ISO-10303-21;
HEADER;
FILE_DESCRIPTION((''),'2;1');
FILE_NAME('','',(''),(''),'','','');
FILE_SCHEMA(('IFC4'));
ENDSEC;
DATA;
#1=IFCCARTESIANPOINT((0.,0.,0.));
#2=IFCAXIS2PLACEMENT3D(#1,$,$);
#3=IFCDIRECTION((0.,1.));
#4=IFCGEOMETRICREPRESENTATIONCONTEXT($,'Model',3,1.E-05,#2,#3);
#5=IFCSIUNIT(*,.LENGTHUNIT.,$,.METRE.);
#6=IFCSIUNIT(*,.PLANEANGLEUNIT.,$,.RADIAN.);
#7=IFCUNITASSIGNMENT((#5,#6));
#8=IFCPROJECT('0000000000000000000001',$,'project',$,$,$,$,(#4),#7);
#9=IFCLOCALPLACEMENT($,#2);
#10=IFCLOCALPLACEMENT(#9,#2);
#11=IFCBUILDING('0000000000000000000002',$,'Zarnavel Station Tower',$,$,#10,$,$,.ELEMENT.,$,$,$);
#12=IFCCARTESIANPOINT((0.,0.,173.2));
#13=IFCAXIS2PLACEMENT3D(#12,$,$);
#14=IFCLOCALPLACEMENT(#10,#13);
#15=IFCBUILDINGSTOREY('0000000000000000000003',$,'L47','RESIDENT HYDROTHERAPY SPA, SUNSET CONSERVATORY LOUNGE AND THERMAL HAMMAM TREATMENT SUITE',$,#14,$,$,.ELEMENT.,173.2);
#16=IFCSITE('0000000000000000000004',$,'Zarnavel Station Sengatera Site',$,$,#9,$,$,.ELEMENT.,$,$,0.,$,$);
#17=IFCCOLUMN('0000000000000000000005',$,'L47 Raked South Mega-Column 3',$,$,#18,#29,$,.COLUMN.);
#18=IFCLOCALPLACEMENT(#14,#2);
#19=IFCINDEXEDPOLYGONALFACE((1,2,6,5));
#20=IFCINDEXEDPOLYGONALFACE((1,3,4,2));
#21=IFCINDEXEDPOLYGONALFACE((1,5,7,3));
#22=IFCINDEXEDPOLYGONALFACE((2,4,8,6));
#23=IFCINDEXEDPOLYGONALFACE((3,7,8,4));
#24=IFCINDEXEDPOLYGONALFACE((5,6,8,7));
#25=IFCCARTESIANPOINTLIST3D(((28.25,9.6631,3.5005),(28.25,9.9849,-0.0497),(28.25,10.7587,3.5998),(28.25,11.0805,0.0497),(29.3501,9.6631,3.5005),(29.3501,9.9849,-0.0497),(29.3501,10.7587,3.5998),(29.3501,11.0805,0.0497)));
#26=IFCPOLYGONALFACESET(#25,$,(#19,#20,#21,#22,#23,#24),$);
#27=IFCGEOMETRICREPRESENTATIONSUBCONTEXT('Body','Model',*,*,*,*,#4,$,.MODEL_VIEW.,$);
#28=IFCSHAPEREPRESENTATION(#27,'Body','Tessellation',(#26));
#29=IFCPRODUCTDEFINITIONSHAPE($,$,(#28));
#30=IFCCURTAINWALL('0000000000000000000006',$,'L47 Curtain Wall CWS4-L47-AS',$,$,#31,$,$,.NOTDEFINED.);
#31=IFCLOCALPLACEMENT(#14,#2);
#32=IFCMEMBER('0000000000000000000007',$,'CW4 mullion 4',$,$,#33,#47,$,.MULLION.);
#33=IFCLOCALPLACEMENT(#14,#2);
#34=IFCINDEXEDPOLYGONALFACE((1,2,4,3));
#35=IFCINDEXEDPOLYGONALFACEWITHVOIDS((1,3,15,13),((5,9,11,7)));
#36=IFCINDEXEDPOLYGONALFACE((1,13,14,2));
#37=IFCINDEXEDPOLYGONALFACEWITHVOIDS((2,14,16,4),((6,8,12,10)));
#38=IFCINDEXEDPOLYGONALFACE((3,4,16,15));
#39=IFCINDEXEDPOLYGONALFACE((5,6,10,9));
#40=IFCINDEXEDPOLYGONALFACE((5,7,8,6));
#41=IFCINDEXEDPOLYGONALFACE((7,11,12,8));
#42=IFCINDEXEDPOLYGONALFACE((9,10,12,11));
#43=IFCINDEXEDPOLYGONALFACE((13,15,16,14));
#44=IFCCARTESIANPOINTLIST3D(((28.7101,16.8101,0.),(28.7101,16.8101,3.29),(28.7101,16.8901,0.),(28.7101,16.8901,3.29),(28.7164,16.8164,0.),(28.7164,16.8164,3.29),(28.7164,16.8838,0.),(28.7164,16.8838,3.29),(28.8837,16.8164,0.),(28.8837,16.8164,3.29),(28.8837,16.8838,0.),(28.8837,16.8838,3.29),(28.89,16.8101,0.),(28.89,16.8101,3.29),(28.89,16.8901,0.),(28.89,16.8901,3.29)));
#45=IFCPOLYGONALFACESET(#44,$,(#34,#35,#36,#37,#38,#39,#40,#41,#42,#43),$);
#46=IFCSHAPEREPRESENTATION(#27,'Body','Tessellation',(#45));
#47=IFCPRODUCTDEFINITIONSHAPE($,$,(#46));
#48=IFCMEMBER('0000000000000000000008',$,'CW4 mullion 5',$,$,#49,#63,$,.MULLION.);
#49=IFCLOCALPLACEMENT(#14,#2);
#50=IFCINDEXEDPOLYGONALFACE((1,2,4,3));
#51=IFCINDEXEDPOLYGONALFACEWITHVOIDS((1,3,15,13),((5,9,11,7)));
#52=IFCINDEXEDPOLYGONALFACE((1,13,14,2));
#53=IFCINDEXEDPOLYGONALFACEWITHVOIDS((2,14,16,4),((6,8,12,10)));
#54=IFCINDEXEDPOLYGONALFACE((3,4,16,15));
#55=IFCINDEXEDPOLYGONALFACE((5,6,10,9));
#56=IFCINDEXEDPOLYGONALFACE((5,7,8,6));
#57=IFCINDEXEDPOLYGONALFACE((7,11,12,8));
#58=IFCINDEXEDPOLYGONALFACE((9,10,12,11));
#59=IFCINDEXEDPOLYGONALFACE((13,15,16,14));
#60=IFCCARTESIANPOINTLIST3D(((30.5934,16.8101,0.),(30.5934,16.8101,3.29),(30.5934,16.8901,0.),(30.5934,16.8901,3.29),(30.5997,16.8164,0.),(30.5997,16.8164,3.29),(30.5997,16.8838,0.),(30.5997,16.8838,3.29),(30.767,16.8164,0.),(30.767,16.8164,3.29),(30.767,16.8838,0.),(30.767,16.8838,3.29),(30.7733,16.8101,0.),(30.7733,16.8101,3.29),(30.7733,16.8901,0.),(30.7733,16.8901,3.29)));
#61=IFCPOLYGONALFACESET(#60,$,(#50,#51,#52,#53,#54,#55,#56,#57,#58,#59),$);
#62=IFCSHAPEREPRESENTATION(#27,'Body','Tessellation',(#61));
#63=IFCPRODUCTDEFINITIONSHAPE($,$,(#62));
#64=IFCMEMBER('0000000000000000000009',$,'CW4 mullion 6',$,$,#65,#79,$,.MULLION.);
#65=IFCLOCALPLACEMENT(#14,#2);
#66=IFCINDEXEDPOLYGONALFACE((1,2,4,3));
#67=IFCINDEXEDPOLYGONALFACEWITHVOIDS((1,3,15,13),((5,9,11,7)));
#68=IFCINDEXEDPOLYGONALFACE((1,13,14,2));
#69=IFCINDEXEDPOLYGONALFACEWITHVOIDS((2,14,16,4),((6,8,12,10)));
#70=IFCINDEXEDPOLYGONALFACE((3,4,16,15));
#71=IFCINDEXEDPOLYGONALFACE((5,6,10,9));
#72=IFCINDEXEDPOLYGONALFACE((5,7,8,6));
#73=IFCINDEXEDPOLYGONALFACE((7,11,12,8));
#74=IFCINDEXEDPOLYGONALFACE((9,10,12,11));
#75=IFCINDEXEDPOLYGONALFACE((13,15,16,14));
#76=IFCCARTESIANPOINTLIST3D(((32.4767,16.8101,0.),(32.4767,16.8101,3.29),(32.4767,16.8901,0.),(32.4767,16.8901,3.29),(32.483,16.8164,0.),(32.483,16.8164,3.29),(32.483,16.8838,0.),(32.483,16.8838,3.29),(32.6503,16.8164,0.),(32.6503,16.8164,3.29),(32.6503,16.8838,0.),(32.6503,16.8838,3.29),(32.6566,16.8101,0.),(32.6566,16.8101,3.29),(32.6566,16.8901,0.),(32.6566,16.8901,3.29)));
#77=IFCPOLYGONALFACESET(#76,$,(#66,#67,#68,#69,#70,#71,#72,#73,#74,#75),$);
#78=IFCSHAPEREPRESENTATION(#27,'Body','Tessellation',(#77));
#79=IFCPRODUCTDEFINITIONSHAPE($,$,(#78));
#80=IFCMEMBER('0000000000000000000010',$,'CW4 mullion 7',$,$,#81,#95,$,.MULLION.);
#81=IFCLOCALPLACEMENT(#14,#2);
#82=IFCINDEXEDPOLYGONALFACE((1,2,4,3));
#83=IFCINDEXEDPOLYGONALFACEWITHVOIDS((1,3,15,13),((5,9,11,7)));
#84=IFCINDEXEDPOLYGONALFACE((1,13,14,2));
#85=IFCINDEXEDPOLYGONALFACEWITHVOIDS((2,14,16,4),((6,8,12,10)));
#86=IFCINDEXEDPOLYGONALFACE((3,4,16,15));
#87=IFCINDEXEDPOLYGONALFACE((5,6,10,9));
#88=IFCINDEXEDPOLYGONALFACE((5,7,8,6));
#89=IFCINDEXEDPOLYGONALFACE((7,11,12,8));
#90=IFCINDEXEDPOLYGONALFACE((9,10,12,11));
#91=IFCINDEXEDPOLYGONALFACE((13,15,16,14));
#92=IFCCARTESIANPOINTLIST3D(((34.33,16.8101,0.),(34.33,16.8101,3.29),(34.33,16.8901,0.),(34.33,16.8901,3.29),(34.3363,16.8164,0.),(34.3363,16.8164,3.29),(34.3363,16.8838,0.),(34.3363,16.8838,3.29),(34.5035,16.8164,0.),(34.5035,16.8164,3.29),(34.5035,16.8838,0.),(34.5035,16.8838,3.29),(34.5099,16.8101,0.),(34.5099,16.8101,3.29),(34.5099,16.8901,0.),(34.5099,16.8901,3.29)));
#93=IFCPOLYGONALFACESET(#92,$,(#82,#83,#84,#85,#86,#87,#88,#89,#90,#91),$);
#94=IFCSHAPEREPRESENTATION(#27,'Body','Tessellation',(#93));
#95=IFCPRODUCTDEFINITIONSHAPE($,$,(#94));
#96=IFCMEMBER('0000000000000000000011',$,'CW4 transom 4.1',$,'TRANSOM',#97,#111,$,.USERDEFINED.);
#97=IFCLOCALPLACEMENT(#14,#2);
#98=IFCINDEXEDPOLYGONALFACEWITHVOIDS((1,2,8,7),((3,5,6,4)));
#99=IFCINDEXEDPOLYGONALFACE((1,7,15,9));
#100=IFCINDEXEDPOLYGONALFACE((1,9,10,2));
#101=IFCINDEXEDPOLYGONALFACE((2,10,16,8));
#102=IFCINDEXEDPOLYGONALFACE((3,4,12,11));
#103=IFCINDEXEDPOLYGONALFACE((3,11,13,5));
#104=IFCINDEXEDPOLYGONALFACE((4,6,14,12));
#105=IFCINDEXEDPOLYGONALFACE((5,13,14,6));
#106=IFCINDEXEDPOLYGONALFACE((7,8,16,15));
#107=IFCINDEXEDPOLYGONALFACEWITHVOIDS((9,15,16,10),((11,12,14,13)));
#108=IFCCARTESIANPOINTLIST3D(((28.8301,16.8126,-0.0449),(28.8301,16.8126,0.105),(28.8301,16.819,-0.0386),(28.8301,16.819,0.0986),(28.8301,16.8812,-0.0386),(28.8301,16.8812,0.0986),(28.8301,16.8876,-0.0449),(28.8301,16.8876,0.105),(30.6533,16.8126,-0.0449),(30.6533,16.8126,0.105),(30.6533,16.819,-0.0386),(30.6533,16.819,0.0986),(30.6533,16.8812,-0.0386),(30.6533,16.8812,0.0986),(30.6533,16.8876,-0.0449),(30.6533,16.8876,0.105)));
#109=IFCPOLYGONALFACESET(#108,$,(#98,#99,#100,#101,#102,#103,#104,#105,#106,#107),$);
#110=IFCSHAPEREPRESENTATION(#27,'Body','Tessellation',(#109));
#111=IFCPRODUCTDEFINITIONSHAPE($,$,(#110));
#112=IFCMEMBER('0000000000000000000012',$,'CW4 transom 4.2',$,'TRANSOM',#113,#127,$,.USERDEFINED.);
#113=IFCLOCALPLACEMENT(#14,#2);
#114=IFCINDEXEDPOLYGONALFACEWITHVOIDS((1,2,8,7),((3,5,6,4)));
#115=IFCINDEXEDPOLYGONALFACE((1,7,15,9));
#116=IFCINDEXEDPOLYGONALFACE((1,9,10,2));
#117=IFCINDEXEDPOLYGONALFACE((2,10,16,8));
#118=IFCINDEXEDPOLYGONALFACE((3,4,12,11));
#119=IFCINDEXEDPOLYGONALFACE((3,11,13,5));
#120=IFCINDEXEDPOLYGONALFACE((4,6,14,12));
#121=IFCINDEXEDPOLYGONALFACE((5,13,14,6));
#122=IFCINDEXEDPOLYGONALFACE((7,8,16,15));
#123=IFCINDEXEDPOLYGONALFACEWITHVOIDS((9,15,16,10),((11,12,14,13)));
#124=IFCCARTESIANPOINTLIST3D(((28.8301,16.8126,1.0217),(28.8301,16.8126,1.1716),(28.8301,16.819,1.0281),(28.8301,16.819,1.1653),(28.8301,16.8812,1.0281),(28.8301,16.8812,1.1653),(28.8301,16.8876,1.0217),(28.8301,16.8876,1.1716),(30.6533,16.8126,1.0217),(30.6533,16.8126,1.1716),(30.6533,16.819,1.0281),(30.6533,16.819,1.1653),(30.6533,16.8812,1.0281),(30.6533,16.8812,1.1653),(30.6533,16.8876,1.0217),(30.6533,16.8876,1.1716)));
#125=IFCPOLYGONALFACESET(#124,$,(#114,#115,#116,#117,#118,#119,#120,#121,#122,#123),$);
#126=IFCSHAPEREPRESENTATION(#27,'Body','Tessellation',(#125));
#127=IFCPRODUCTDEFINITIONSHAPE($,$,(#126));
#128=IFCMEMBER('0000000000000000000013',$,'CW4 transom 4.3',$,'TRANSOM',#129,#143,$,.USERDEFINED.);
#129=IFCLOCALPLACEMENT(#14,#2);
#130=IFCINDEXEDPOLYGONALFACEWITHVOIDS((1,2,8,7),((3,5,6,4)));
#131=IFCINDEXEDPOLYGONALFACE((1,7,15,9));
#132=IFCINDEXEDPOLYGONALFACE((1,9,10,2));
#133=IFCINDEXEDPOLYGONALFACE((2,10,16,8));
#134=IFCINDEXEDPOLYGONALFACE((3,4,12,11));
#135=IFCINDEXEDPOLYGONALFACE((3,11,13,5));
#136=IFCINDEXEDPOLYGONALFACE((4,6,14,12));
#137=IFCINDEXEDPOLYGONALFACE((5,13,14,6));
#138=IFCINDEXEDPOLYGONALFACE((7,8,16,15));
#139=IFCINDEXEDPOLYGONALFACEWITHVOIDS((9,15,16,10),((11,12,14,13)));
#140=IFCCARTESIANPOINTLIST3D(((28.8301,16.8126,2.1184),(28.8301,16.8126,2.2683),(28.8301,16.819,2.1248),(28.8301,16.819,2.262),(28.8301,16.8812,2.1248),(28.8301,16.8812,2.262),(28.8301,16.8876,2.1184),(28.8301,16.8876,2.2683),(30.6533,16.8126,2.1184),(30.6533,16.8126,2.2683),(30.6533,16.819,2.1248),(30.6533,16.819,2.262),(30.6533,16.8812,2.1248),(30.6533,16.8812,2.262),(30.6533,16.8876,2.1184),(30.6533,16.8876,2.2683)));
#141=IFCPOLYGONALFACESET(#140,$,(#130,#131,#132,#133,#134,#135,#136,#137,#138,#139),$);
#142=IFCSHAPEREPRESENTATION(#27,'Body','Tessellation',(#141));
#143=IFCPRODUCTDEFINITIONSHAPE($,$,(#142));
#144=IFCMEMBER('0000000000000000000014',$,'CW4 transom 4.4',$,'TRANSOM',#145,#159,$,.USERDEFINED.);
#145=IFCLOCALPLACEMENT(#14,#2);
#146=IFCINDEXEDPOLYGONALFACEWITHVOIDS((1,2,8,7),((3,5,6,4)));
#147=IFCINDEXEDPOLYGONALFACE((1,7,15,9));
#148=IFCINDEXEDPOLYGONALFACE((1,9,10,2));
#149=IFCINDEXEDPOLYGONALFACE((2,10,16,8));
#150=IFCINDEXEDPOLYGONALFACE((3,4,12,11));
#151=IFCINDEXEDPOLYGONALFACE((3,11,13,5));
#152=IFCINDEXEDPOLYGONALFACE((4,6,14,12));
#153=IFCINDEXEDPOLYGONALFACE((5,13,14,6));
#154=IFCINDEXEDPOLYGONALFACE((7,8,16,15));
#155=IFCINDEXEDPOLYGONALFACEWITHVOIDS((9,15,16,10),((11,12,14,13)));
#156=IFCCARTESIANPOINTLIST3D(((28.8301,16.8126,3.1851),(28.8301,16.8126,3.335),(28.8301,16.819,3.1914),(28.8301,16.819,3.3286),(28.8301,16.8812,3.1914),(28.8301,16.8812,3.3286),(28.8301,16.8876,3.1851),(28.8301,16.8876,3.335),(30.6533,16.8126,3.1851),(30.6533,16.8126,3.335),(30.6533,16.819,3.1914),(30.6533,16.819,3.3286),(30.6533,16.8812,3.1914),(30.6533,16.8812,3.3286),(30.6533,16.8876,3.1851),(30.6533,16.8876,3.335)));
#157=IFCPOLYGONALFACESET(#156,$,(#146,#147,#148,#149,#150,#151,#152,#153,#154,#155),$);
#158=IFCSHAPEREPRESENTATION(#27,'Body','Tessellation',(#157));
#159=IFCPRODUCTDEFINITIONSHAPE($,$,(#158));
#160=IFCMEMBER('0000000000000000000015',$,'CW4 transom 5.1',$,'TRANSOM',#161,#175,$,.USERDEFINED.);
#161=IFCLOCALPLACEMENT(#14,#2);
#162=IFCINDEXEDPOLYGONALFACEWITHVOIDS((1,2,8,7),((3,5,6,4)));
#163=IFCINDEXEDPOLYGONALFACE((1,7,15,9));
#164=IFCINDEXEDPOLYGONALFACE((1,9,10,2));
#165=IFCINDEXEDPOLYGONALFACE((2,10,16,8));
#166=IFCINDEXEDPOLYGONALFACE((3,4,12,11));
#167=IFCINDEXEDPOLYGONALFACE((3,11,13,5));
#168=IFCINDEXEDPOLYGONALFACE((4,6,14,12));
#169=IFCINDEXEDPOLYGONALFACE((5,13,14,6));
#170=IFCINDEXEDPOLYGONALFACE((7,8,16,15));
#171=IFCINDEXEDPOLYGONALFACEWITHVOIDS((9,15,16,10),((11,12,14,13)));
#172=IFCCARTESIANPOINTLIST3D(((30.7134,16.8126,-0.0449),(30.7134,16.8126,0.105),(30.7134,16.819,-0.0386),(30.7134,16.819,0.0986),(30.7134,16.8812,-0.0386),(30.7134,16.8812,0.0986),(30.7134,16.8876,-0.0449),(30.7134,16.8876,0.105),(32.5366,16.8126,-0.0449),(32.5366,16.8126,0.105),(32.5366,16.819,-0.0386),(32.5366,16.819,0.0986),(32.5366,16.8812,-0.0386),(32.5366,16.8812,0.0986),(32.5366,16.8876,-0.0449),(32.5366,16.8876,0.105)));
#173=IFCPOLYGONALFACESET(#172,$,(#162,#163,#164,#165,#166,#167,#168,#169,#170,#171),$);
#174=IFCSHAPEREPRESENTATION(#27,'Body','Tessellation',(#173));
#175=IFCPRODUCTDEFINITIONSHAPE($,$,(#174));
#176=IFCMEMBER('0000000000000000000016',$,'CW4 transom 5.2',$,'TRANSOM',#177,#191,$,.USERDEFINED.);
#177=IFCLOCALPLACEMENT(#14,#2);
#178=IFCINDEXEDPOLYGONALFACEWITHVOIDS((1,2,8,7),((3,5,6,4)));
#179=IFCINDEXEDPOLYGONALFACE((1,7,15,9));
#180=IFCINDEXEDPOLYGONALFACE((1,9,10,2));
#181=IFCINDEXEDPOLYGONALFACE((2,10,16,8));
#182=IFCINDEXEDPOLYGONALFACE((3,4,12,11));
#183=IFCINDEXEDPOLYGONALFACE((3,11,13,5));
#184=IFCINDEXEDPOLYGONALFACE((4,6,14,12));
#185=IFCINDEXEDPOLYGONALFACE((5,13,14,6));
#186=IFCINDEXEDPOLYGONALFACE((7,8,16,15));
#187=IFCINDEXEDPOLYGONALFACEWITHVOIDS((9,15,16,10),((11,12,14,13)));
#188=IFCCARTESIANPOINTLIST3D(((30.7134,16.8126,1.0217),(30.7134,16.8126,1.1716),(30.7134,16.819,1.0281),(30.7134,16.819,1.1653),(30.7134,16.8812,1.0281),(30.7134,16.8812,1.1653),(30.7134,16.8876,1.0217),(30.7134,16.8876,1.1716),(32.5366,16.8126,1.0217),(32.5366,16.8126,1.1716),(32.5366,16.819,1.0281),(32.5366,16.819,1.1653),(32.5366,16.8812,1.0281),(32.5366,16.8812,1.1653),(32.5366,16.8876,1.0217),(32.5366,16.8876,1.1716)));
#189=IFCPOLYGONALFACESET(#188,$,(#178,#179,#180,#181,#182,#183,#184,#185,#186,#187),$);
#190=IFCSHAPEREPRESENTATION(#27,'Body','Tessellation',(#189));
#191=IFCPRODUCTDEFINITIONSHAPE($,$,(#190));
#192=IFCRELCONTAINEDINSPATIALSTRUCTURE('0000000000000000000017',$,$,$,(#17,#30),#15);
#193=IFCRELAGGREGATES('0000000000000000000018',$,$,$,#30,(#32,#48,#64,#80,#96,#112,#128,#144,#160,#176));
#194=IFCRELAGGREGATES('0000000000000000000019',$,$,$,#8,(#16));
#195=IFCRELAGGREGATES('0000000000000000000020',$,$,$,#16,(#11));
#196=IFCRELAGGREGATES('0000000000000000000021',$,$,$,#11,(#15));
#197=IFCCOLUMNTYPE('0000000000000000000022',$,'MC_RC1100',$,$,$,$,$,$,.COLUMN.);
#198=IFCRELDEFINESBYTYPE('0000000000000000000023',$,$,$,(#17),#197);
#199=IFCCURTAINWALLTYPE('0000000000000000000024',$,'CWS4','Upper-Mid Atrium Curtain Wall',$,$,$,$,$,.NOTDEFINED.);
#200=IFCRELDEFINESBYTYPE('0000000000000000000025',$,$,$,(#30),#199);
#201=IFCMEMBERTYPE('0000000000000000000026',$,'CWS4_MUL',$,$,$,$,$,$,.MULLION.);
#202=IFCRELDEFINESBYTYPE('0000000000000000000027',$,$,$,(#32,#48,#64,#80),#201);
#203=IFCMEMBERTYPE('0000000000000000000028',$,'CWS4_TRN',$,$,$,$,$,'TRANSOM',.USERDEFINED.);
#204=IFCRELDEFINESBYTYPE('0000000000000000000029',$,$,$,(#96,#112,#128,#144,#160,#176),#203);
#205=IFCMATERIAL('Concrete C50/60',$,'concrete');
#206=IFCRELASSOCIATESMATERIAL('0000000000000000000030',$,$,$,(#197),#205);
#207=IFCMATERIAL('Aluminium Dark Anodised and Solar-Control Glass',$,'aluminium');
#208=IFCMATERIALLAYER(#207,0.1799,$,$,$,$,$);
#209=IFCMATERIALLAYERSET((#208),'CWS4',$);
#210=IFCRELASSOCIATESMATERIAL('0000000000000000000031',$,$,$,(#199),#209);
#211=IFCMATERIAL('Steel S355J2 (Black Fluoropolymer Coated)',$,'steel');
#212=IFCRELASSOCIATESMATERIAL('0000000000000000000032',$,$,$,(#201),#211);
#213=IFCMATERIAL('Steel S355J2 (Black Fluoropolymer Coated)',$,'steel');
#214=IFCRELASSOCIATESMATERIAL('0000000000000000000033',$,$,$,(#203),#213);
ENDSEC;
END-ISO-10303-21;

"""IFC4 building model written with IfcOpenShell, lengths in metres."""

from ifc_helpers import new_model, si_unit, direction, frame, origin, origin_2d, place, context, subcontext, project, spatial, rectangle, hollow_rectangle, extrude, material, layer, layer_set, material_profile, profile_set, type_object, element, aggregate, save


model = new_model("IFC4")

# Units and contexts
model_context = context("Model", 3, precision=1e-05, world=origin(), true_north=direction((0.0, 1.0)))
body_context = subcontext(model_context, "Body", "Model", "MODEL_VIEW")
ifc_project = project(units=[si_unit("LENGTHUNIT", "METRE"), si_unit("PLANEANGLEUNIT", "RADIAN")], contexts=[model_context])

# Site, building, storey
site_placement = place(None, origin())
site = spatial("IfcSite", under=ifc_project, at=site_placement, Name="Zarnavel Station Sengatera Site", CompositionType="ELEMENT", RefElevation=0.0)
building_placement = place(site_placement, origin())
building = spatial("IfcBuilding", under=site, at=building_placement, Name="Zarnavel Station Tower", CompositionType="ELEMENT")
storey_placement = place(building_placement, frame((0.0, 0.0, 173.2)))
storey = spatial("IfcBuildingStorey", under=building, at=storey_placement, Name="L47", Description="RESIDENT HYDROTHERAPY SPA, SUNSET CONSERVATORY LOUNGE AND THERMAL HAMMAM TREATMENT SUITE", CompositionType="ELEMENT", Elevation=173.2)

# Column
ifc_material_1 = material(Name="Concrete C50/60", Category="concrete")
ifc_material_profile_1 = material_profile(ifc_material_1, rectangle(XDim=1.1001, YDim=1.1001, at=origin_2d()), Name="RC1100x1100")
ifc_profile_set_1 = profile_set([ifc_material_profile_1], Name="Concrete C50/60")
column_type = type_object("IfcColumnType", Name="MC_RC1100", PredefinedType="COLUMN", material=ifc_profile_set_1)
column_placement = place(storey_placement, frame((28.8, 10.5327, 0.0), z_axis=(0.0, -0.09027, 0.995917), x_axis=(1.0, 0.0, 0.0)))
element("IfcColumn", 1, at=column_placement, inside=storey, type_object=column_type, Name="L47 Raked South Mega-Column 3", PredefinedType="COLUMN", context=body_context, shape_type="SweptSolid", body=[
    extrude(rectangle(XDim=1.1001, YDim=1.1001, at=origin_2d()), origin(), (0.0, 0.0, 1.0), 3.5647),
])

# Curtain wall, members
ifc_material_2 = material(Name="Aluminium Dark Anodised and Solar-Control Glass", Category="aluminium")
ifc_layer_1 = layer(ifc_material_2, 0.1799)
ifc_layer_set_1 = layer_set([ifc_layer_1], Name="CWS4")
curtain_wall_type = type_object("IfcCurtainWallType", Name="CWS4", Description="Upper-Mid Atrium Curtain Wall", PredefinedType="NOTDEFINED", material=ifc_layer_set_1)
curtain_wall_placement = place(storey_placement, origin())
curtain_wall = element("IfcCurtainWall", 2, at=curtain_wall_placement, inside=storey, type_object=curtain_wall_type, Name="L47 Curtain Wall CWS4-L47-AS", PredefinedType="NOTDEFINED")
ifc_material_3 = material(Name="Steel S355J2 (Black Fluoropolymer Coated)", Category="steel")
ifc_material_profile_2 = material_profile(ifc_material_3, hollow_rectangle(XDim=0.0801, YDim=0.1799, WallThickness=0.0063, at=origin_2d()), Name="RHS180x80x6.3")
ifc_profile_set_2 = profile_set([ifc_material_profile_2], Name="Steel S355J2 (Black Fluoropolymer Coated)")
member_type_1 = type_object("IfcMemberType", Name="CWS4_MUL", PredefinedType="MULLION", material=ifc_profile_set_2)
member_1_placement = place(storey_placement, frame((28.8, 16.8501, 0.0), z_axis=(0.0, 0.0, 1.0), x_axis=(0.0, 1.0, 0.0)))
member_1 = element("IfcMember", 3, at=member_1_placement, type_object=member_type_1, Name="CW4 mullion 4", PredefinedType="MULLION", context=body_context, shape_type="SweptSolid", body=[
    extrude(hollow_rectangle(XDim=0.0801, YDim=0.1799, WallThickness=0.0063, at=origin_2d()), origin(), (0.0, 0.0, 1.0), 3.29),
])
member_2_placement = place(storey_placement, frame((30.6833, 16.8501, 0.0), z_axis=(0.0, 0.0, 1.0), x_axis=(0.0, 1.0, 0.0)))
member_2 = element("IfcMember", 4, at=member_2_placement, type_object=member_type_1, Name="CW4 mullion 5", PredefinedType="MULLION", context=body_context, shape_type="SweptSolid", body=[
    extrude(hollow_rectangle(XDim=0.0801, YDim=0.1799, WallThickness=0.0063, at=origin_2d()), origin(), (0.0, 0.0, 1.0), 3.29),
])
member_3_placement = place(storey_placement, frame((32.5667, 16.8501, 0.0), z_axis=(0.0, 0.0, 1.0), x_axis=(0.0, 1.0, 0.0)))
member_3 = element("IfcMember", 5, at=member_3_placement, type_object=member_type_1, Name="CW4 mullion 6", PredefinedType="MULLION", context=body_context, shape_type="SweptSolid", body=[
    extrude(hollow_rectangle(XDim=0.0801, YDim=0.1799, WallThickness=0.0063, at=origin_2d()), origin(), (0.0, 0.0, 1.0), 3.29),
])
member_4_placement = place(storey_placement, frame((34.4199, 16.8501, 0.0), z_axis=(0.0, 0.0, 1.0), x_axis=(0.0, 1.0, 0.0)))
member_4 = element("IfcMember", 6, at=member_4_placement, type_object=member_type_1, Name="CW4 mullion 7", PredefinedType="MULLION", context=body_context, shape_type="SweptSolid", body=[
    extrude(hollow_rectangle(XDim=0.0801, YDim=0.1799, WallThickness=0.0063, at=origin_2d()), origin(), (0.0, 0.0, 1.0), 3.29),
])
ifc_material_4 = material(Name="Steel S355J2 (Black Fluoropolymer Coated)", Category="steel")
ifc_material_profile_3 = material_profile(ifc_material_4, hollow_rectangle(XDim=0.075, YDim=0.1499, WallThickness=0.0063, at=origin_2d()), Name="RHS150x75x6.3")
ifc_profile_set_3 = profile_set([ifc_material_profile_3], Name="Steel S355J2 (Black Fluoropolymer Coated)")
member_type_2 = type_object("IfcMemberType", Name="CWS4_TRN", ElementType="TRANSOM", PredefinedType="USERDEFINED", material=ifc_profile_set_3)
member_5_placement = place(storey_placement, frame((28.8301, 16.8501, 0.03), z_axis=(1.0, 0.0, 0.0), x_axis=(0.0, 1.0, 0.0)))
member_5 = element("IfcMember", 7, at=member_5_placement, type_object=member_type_2, Name="CW4 transom 4.1", ObjectType="TRANSOM", PredefinedType="USERDEFINED", context=body_context, shape_type="SweptSolid", body=[
    extrude(hollow_rectangle(XDim=0.075, YDim=0.1499, WallThickness=0.0063, at=origin_2d()), origin(), (0.0, 0.0, 1.0), 1.8232),
])
member_6_placement = place(storey_placement, frame((28.8301, 16.8501, 1.0967), z_axis=(1.0, 0.0, 0.0), x_axis=(0.0, 1.0, 0.0)))
member_6 = element("IfcMember", 8, at=member_6_placement, type_object=member_type_2, Name="CW4 transom 4.2", ObjectType="TRANSOM", PredefinedType="USERDEFINED", context=body_context, shape_type="SweptSolid", body=[
    extrude(hollow_rectangle(XDim=0.075, YDim=0.1499, WallThickness=0.0063, at=origin_2d()), origin(), (0.0, 0.0, 1.0), 1.8232),
])
member_7_placement = place(storey_placement, frame((28.8301, 16.8501, 2.1934), z_axis=(1.0, 0.0, 0.0), x_axis=(0.0, 1.0, 0.0)))
member_7 = element("IfcMember", 9, at=member_7_placement, type_object=member_type_2, Name="CW4 transom 4.3", ObjectType="TRANSOM", PredefinedType="USERDEFINED", context=body_context, shape_type="SweptSolid", body=[
    extrude(hollow_rectangle(XDim=0.075, YDim=0.1499, WallThickness=0.0063, at=origin_2d()), origin(), (0.0, 0.0, 1.0), 1.8232),
])
member_8_placement = place(storey_placement, frame((28.8301, 16.8501, 3.26), z_axis=(1.0, 0.0, 0.0), x_axis=(0.0, 1.0, 0.0)))
member_8 = element("IfcMember", 10, at=member_8_placement, type_object=member_type_2, Name="CW4 transom 4.4", ObjectType="TRANSOM", PredefinedType="USERDEFINED", context=body_context, shape_type="SweptSolid", body=[
    extrude(hollow_rectangle(XDim=0.075, YDim=0.1499, WallThickness=0.0063, at=origin_2d()), origin(), (0.0, 0.0, 1.0), 1.8232),
])
member_9_placement = place(storey_placement, frame((30.7134, 16.8501, 0.03), z_axis=(1.0, 0.0, 0.0), x_axis=(0.0, 1.0, 0.0)))
member_9 = element("IfcMember", 11, at=member_9_placement, type_object=member_type_2, Name="CW4 transom 5.1", ObjectType="TRANSOM", PredefinedType="USERDEFINED", context=body_context, shape_type="SweptSolid", body=[
    extrude(hollow_rectangle(XDim=0.075, YDim=0.1499, WallThickness=0.0063, at=origin_2d()), origin(), (0.0, 0.0, 1.0), 1.8232),
])
member_10_placement = place(storey_placement, frame((30.7134, 16.8501, 1.0967), z_axis=(1.0, 0.0, 0.0), x_axis=(0.0, 1.0, 0.0)))
member_10 = element("IfcMember", 12, at=member_10_placement, type_object=member_type_2, Name="CW4 transom 5.2", ObjectType="TRANSOM", PredefinedType="USERDEFINED", context=body_context, shape_type="SweptSolid", body=[
    extrude(hollow_rectangle(XDim=0.075, YDim=0.1499, WallThickness=0.0063, at=origin_2d()), origin(), (0.0, 0.0, 1.0), 1.8232),
])

aggregate(curtain_wall, [member_1, member_2, member_3, member_4, member_5, member_6, member_7, member_8, member_9, member_10])

save(model, "model.ifc")
